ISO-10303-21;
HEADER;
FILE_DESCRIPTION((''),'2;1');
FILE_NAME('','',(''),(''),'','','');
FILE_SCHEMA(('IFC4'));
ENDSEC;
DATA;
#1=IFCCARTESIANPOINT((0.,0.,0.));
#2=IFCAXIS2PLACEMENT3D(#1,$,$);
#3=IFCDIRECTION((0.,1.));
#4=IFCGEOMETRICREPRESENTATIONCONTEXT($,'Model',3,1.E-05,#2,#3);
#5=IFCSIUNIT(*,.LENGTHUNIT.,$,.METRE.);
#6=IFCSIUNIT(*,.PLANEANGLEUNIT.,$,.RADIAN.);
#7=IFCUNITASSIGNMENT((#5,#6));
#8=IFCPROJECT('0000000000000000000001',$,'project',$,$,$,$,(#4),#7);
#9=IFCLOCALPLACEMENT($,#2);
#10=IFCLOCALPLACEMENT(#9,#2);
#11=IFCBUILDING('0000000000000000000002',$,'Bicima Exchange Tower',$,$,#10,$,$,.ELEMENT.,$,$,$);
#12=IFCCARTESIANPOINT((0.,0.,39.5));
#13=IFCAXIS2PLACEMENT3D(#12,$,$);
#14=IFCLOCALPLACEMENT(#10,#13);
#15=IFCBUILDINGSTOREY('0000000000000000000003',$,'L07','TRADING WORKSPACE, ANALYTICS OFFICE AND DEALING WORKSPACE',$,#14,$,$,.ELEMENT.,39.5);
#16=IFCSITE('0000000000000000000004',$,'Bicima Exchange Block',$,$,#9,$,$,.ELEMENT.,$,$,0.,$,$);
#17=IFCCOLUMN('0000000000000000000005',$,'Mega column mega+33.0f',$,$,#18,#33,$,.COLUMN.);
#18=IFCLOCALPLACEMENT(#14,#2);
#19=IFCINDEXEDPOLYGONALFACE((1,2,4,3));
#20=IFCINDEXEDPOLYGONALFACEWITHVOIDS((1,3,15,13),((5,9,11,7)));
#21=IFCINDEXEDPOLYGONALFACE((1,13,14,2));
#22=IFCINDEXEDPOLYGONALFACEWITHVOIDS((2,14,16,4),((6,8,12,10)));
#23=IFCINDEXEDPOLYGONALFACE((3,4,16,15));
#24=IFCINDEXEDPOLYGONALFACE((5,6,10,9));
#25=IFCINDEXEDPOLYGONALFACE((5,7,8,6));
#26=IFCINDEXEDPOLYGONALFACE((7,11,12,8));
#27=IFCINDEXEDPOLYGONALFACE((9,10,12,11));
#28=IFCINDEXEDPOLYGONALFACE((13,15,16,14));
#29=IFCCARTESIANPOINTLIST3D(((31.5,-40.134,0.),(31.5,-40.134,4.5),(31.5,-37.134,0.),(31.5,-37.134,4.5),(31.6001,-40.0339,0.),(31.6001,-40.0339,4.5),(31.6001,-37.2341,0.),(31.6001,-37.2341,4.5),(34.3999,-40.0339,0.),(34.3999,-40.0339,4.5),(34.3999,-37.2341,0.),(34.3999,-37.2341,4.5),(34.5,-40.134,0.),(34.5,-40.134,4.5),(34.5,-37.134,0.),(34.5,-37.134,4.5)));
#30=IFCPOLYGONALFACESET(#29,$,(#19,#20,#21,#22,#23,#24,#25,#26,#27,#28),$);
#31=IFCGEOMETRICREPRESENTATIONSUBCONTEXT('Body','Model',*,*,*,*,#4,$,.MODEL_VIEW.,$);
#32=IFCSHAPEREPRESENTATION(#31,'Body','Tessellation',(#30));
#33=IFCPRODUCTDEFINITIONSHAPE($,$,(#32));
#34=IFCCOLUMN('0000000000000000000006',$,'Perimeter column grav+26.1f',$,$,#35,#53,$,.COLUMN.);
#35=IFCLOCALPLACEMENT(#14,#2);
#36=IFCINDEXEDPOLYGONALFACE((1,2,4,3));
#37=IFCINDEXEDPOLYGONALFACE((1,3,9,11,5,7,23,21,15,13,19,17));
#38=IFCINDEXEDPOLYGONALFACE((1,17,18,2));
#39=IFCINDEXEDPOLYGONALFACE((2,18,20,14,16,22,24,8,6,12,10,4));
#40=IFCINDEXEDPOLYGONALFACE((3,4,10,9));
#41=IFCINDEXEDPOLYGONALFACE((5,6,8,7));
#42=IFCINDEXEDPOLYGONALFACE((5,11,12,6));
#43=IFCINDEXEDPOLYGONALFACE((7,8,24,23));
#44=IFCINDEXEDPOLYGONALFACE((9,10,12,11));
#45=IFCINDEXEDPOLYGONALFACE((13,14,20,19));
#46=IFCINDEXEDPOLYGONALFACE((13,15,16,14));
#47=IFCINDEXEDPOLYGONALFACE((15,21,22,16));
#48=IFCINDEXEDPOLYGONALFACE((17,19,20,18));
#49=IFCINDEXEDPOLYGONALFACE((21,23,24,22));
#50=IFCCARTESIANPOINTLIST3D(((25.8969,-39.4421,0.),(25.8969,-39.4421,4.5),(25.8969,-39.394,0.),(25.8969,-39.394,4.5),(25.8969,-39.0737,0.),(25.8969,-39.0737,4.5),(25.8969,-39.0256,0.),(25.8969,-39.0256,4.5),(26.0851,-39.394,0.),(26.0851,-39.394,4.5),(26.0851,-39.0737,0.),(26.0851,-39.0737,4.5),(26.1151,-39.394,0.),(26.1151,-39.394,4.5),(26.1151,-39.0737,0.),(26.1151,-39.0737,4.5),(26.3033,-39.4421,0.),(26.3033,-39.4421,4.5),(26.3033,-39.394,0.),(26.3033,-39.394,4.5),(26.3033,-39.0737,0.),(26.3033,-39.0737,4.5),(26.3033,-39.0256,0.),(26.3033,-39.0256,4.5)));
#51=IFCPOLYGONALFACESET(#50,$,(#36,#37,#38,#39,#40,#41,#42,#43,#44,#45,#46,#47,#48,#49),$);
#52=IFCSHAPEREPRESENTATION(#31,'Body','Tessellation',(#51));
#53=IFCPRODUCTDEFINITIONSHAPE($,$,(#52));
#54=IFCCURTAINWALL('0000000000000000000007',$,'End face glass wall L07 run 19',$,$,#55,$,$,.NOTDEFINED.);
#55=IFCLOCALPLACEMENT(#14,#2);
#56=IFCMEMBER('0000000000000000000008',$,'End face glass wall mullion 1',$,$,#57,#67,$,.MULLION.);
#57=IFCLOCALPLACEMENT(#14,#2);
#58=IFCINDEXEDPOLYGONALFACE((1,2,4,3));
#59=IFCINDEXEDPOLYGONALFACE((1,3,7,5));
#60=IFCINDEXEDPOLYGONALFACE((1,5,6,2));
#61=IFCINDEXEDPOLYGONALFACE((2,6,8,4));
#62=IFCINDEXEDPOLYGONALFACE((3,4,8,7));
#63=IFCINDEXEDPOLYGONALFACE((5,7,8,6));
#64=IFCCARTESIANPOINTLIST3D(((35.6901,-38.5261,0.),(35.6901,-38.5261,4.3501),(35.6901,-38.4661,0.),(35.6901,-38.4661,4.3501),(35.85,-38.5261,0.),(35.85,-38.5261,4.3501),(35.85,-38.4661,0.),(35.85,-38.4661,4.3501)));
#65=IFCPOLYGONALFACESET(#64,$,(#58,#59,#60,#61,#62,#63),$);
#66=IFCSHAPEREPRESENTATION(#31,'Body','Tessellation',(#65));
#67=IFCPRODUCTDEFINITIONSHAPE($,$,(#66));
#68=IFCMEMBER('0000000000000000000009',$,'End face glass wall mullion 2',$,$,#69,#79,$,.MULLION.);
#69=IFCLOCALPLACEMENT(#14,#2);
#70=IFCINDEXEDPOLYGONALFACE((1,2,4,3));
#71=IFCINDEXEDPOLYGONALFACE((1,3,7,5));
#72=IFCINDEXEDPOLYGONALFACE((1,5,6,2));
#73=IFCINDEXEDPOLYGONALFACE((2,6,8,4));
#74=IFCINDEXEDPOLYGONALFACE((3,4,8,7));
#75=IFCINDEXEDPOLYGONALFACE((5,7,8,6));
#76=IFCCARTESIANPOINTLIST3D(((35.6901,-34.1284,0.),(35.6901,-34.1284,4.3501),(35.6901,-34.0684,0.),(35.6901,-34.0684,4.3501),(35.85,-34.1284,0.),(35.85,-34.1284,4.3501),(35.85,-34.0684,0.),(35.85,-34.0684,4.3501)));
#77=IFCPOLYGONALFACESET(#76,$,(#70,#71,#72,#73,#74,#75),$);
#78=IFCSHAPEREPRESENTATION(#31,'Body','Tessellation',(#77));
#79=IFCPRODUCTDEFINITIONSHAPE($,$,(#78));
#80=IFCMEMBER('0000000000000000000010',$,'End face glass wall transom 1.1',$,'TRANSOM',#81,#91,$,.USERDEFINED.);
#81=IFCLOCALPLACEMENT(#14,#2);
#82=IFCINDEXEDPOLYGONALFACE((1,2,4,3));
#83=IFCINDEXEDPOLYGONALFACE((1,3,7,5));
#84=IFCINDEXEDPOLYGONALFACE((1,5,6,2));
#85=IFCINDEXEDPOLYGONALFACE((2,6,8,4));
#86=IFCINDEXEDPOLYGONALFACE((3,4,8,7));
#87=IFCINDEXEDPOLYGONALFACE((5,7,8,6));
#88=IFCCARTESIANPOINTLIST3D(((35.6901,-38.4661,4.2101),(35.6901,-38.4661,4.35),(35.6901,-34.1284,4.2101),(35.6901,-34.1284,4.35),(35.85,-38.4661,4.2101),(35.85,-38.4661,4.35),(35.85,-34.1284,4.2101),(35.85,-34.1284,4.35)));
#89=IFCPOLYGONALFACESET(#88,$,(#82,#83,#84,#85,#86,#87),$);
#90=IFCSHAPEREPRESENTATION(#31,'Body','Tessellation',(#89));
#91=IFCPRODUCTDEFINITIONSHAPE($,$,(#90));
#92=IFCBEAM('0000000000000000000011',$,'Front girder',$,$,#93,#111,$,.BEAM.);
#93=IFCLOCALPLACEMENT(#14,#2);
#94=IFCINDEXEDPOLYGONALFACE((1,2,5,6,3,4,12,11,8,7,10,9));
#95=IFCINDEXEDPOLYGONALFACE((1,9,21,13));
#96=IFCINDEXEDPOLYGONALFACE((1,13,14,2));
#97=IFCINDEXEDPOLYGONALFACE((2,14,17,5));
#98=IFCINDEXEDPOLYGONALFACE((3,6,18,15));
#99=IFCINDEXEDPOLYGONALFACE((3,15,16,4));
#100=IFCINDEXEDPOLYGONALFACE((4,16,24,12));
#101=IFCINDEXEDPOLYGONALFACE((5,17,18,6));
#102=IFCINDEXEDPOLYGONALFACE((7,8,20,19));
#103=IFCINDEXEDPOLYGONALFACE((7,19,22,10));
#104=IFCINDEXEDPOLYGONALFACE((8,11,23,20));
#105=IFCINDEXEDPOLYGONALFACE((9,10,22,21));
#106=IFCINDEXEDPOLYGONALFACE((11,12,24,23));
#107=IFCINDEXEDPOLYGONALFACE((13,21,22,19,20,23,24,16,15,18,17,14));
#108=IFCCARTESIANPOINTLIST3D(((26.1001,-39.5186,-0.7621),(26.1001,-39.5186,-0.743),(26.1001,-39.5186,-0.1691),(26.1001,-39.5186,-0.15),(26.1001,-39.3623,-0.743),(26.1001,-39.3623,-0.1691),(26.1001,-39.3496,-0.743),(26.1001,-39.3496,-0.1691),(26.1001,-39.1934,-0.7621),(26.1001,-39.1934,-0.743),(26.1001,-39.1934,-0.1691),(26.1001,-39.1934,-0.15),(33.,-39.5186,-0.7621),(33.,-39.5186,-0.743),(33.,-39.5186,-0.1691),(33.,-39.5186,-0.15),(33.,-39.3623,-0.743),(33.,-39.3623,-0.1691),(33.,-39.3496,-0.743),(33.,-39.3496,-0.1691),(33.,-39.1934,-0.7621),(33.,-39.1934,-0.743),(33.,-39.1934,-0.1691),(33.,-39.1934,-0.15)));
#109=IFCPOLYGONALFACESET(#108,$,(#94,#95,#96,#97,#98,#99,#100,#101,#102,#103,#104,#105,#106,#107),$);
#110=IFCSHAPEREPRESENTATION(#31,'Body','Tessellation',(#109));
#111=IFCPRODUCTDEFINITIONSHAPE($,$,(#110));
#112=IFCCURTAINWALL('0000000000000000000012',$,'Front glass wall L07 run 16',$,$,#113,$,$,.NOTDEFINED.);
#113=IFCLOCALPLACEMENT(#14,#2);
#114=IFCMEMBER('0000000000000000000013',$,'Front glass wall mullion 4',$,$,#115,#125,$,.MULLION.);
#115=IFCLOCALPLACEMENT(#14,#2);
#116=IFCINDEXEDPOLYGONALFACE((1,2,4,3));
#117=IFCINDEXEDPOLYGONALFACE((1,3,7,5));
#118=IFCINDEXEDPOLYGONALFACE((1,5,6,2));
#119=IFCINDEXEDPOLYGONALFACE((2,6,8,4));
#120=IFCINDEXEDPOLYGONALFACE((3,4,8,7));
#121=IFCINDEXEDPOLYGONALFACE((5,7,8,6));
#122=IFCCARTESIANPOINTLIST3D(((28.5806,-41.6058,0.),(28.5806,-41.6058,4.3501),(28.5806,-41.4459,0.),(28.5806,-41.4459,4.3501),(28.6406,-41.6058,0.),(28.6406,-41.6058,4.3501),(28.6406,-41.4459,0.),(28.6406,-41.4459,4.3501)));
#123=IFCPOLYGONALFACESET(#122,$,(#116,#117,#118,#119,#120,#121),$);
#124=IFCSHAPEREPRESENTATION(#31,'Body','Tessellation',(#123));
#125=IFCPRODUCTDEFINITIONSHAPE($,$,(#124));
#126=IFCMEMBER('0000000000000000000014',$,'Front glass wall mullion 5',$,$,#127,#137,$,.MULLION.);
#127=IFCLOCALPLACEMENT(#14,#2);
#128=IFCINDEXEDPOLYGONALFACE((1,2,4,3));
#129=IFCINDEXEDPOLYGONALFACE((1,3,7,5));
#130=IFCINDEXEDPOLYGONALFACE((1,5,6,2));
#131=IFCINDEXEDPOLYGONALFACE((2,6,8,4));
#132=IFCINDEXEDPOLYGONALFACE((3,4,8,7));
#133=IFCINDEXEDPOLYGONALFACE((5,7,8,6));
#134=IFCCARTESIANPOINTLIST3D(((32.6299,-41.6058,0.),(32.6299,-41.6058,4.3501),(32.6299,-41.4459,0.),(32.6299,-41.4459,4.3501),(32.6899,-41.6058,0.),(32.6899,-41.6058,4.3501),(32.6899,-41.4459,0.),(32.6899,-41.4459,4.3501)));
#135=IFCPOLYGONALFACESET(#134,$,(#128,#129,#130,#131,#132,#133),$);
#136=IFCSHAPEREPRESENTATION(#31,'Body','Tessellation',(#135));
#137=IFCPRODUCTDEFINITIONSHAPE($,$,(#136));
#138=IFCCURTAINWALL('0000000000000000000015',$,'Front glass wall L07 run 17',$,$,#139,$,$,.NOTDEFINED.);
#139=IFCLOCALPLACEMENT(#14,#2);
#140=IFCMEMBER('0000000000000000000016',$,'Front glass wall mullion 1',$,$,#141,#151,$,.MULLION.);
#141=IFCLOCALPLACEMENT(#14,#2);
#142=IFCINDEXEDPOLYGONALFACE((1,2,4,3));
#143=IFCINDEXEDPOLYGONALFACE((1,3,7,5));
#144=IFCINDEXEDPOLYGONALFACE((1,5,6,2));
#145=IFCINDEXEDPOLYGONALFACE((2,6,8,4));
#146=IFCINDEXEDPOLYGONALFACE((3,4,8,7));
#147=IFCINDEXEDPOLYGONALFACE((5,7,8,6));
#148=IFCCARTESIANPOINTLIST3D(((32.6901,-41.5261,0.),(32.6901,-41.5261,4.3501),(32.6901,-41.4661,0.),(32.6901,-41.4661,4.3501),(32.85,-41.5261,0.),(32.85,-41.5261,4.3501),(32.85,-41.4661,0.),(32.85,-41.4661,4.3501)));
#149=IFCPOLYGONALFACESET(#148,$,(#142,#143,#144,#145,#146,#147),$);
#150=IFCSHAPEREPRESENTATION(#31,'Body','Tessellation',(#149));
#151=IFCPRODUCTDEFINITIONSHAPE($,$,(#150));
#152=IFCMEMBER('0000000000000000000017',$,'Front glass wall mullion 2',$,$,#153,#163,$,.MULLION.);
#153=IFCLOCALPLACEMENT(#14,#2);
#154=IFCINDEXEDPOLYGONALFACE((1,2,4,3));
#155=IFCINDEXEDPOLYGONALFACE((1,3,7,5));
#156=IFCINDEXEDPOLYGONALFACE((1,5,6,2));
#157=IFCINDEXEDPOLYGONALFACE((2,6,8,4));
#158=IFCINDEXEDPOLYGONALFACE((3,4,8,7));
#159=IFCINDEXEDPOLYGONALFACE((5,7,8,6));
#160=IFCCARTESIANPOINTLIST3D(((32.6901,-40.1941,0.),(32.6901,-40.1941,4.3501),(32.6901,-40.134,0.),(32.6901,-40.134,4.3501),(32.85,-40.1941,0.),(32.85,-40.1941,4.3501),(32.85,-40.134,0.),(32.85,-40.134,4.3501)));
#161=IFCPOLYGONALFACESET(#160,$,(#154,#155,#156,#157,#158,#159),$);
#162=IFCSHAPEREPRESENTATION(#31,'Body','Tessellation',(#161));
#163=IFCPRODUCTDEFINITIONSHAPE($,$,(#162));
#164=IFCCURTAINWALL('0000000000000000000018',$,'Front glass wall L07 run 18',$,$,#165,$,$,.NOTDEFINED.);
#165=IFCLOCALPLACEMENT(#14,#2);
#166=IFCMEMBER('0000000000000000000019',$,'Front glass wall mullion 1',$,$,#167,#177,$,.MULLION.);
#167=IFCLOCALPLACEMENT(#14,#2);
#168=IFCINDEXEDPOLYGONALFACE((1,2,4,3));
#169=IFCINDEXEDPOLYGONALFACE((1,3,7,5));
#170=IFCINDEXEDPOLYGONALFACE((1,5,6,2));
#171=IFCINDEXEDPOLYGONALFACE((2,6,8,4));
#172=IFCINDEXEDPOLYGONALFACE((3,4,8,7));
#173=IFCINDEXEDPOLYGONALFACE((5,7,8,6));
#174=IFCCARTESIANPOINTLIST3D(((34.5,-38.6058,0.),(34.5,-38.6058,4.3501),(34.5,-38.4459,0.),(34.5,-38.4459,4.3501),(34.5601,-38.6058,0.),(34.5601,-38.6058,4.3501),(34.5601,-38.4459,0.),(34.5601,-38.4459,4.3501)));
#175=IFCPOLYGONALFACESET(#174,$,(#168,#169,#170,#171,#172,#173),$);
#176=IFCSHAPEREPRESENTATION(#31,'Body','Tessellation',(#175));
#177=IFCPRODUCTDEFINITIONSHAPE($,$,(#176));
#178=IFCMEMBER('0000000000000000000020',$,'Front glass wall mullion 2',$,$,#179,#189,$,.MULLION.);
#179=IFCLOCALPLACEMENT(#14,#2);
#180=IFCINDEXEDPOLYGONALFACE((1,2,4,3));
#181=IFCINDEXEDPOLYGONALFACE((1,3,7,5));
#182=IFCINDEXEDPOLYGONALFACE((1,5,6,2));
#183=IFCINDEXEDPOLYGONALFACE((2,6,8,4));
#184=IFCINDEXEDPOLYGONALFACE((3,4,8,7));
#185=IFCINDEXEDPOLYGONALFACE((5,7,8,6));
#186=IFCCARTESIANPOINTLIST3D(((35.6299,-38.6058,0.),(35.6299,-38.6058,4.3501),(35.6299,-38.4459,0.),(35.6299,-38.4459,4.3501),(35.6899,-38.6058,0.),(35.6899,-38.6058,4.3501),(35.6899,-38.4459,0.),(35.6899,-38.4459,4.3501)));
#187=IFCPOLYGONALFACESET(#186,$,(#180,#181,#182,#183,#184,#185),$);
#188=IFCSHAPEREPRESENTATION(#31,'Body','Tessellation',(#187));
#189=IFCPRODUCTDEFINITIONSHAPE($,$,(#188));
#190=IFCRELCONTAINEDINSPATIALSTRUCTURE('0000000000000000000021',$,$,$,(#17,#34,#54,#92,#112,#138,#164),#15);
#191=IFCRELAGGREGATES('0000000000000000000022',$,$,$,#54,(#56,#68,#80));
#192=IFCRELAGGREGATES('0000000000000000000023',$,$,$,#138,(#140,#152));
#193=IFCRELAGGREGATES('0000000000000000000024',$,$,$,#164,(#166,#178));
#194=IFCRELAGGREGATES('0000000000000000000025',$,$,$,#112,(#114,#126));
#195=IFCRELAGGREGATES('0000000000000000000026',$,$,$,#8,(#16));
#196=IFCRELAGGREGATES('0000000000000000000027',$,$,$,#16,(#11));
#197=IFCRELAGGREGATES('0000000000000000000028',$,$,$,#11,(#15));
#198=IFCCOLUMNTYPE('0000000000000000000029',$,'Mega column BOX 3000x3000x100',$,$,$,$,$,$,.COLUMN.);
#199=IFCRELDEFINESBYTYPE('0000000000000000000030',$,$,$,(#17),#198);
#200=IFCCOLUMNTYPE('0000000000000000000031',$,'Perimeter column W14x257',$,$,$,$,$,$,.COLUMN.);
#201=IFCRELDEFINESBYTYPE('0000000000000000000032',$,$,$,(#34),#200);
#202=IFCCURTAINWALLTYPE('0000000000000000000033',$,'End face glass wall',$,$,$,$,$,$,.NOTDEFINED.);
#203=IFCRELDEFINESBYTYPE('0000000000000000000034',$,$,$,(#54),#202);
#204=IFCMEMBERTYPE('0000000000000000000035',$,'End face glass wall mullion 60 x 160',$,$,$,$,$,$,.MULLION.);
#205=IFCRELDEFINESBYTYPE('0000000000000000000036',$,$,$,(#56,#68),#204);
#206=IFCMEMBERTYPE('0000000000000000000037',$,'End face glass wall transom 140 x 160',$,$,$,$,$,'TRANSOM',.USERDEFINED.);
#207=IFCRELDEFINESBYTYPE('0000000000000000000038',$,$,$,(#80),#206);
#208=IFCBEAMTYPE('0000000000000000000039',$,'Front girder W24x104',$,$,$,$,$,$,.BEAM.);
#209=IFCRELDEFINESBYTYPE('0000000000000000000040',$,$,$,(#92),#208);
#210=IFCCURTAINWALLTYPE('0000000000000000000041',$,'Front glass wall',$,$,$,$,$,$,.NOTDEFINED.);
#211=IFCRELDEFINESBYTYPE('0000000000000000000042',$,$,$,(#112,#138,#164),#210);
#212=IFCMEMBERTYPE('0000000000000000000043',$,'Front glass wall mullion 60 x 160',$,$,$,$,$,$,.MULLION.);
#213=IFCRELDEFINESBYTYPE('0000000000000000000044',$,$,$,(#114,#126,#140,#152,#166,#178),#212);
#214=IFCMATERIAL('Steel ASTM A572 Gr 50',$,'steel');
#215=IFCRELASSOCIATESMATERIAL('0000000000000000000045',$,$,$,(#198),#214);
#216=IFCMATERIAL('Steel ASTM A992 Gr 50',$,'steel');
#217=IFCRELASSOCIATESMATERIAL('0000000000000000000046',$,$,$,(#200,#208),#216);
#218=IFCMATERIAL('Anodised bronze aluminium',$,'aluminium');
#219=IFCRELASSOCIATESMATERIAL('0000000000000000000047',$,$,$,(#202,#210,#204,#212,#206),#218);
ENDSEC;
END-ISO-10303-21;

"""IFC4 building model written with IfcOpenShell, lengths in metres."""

from ifc_helpers import new_model, si_unit, direction, frame, origin, origin_2d, place, context, subcontext, project, spatial, rectangle, hollow_rectangle, i_section, extrude, material, material_profile, profile_set, type_object, element, aggregate, save


model = new_model("IFC4")

# Units and contexts
model_context = context("Model", 3, precision=1e-05, world=origin(), true_north=direction((0.0, 1.0)))
body_context = subcontext(model_context, "Body", "Model", "MODEL_VIEW")
ifc_project = project(units=[si_unit("LENGTHUNIT", "METRE"), si_unit("PLANEANGLEUNIT", "RADIAN")], contexts=[model_context])

# Site, building, storey
site_placement = place(None, origin())
site = spatial("IfcSite", under=ifc_project, at=site_placement, Name="Bicima Exchange Block", CompositionType="ELEMENT", RefElevation=0.0)
building_placement = place(site_placement, origin())
building = spatial("IfcBuilding", under=site, at=building_placement, Name="Bicima Exchange Tower", CompositionType="ELEMENT")
storey_placement = place(building_placement, frame((0.0, 0.0, 39.5)))
storey = spatial("IfcBuildingStorey", under=building, at=storey_placement, Name="L07", Description="TRADING WORKSPACE, ANALYTICS OFFICE AND DEALING WORKSPACE", CompositionType="ELEMENT", Elevation=39.5)

# Columns
ifc_material_1 = material(Name="Steel ASTM A572 Gr 50", Category="steel")
ifc_material_profile_1 = material_profile(ifc_material_1, hollow_rectangle(XDim=3.0, YDim=3.0, WallThickness=0.1001, at=origin_2d()))
ifc_profile_set_1 = profile_set([ifc_material_profile_1], Name="Steel ASTM A572 Gr 50")
column_type_1 = type_object("IfcColumnType", Name="Mega column BOX 3000x3000x100", PredefinedType="COLUMN", material=ifc_profile_set_1)
column_1_placement = place(storey_placement, frame((33.0, -38.634, 0.0), z_axis=(0.0, 0.0, 1.0), x_axis=(1.0, 0.0, 0.0)))
element("IfcColumn", 1, at=column_1_placement, inside=storey, type_object=column_type_1, Name="Mega column mega+33.0f", PredefinedType="COLUMN", context=body_context, shape_type="SweptSolid", body=[
    extrude(hollow_rectangle(XDim=3.0, YDim=3.0, WallThickness=0.1001, at=origin_2d()), origin(), (0.0, 0.0, 1.0), 4.5),
])
ifc_material_2 = material(Name="Steel ASTM A992 Gr 50", Category="steel")
ifc_material_profile_2 = material_profile(ifc_material_2, i_section(OverallWidth=0.4065, OverallDepth=0.4165, WebThickness=0.03, FlangeThickness=0.0481, at=origin_2d()))
ifc_profile_set_2 = profile_set([ifc_material_profile_2], Name="Steel ASTM A992 Gr 50")
column_type_2 = type_object("IfcColumnType", Name="Perimeter column W14x257", PredefinedType="COLUMN", material=ifc_profile_set_2)
column_2_placement = place(storey_placement, frame((26.1001, -39.2339, 0.0), z_axis=(0.0, 0.0, 1.0), x_axis=(1.0, 0.0, 0.0)))
element("IfcColumn", 2, at=column_2_placement, inside=storey, type_object=column_type_2, Name="Perimeter column grav+26.1f", PredefinedType="COLUMN", context=body_context, shape_type="SweptSolid", body=[
    extrude(i_section(OverallWidth=0.4065, OverallDepth=0.4165, WebThickness=0.03, FlangeThickness=0.0481, at=origin_2d()), origin(), (0.0, 0.0, 1.0), 4.5),
])

# Curtain wall, members
ifc_material_3 = material(Name="Anodised bronze aluminium", Category="aluminium")
curtain_wall_type_1 = type_object("IfcCurtainWallType", Name="End face glass wall", PredefinedType="NOTDEFINED", material=ifc_material_3)
curtain_wall_1_placement = place(storey_placement, origin())
curtain_wall_1 = element("IfcCurtainWall", 3, at=curtain_wall_1_placement, inside=storey, type_object=curtain_wall_type_1, Name="End face glass wall L07 run 19", PredefinedType="NOTDEFINED")
ifc_material_profile_3 = material_profile(ifc_material_3, rectangle(XDim=0.1599, YDim=0.0601, at=origin_2d()))
ifc_profile_set_3 = profile_set([ifc_material_profile_3], Name="Anodised bronze aluminium")
member_type_1 = type_object("IfcMemberType", Name="End face glass wall mullion 60 x 160", PredefinedType="MULLION", material=ifc_profile_set_3)
member_1_placement = place(storey_placement, frame((35.77, -38.4961, 0.0), z_axis=(0.0, 0.0, 1.0), x_axis=(-1.0, 0.0, 0.0)))
member_1 = element("IfcMember", 4, at=member_1_placement, type_object=member_type_1, Name="End face glass wall mullion 1", PredefinedType="MULLION", context=body_context, shape_type="SweptSolid", body=[
    extrude(rectangle(XDim=0.1599, YDim=0.0601, at=origin_2d()), origin(), (0.0, 0.0, 1.0), 4.3501),
])
member_2_placement = place(storey_placement, frame((35.77, -34.0984, 0.0), z_axis=(0.0, 0.0, 1.0), x_axis=(-1.0, 0.0, 0.0)))
member_2 = element("IfcMember", 5, at=member_2_placement, type_object=member_type_1, Name="End face glass wall mullion 2", PredefinedType="MULLION", context=body_context, shape_type="SweptSolid", body=[
    extrude(rectangle(XDim=0.1599, YDim=0.0601, at=origin_2d()), origin(), (0.0, 0.0, 1.0), 4.3501),
])
ifc_material_profile_4 = material_profile(ifc_material_3, rectangle(XDim=0.1599, YDim=0.1399, at=origin_2d()))
ifc_profile_set_4 = profile_set([ifc_material_profile_4], Name="Anodised bronze aluminium")
member_type_2 = type_object("IfcMemberType", Name="End face glass wall transom 140 x 160", ElementType="TRANSOM", PredefinedType="USERDEFINED", material=ifc_profile_set_4)
member_3_placement = place(storey_placement, frame((35.77, -38.4661, 4.28), z_axis=(0.0, 1.0, 0.0), x_axis=(-1.0, 0.0, 0.0)))
member_3 = element("IfcMember", 6, at=member_3_placement, type_object=member_type_2, Name="End face glass wall transom 1.1", ObjectType="TRANSOM", PredefinedType="USERDEFINED", context=body_context, shape_type="SweptSolid", body=[
    extrude(rectangle(XDim=0.1599, YDim=0.1399, at=origin_2d()), origin(), (0.0, 0.0, 1.0), 4.3376),
])

# Beam
ifc_material_profile_5 = material_profile(ifc_material_2, i_section(OverallWidth=0.3252, OverallDepth=0.6121, WebThickness=0.0127, FlangeThickness=0.019, at=origin_2d()))
ifc_profile_set_5 = profile_set([ifc_material_profile_5], Name="Steel ASTM A992 Gr 50")
beam_type = type_object("IfcBeamType", Name="Front girder W24x104", PredefinedType="BEAM", material=ifc_profile_set_5)
beam_placement = place(storey_placement, frame((26.1001, -39.356, -0.4561), z_axis=(1.0, 0.0, 0.0), x_axis=(0.0, 1.0, 0.0)))
element("IfcBeam", 7, at=beam_placement, inside=storey, type_object=beam_type, Name="Front girder", PredefinedType="BEAM", context=body_context, shape_type="SweptSolid", body=[
    extrude(i_section(OverallWidth=0.3252, OverallDepth=0.6121, WebThickness=0.0127, FlangeThickness=0.019, at=origin_2d()), origin(), (0.0, 0.0, 1.0), 6.8999),
])

# Curtain walls, members
curtain_wall_type_2 = type_object("IfcCurtainWallType", Name="Front glass wall", PredefinedType="NOTDEFINED", material=ifc_material_3)
curtain_wall_2_placement = place(storey_placement, origin())
curtain_wall_2 = element("IfcCurtainWall", 8, at=curtain_wall_2_placement, inside=storey, type_object=curtain_wall_type_2, Name="Front glass wall L07 run 16", PredefinedType="NOTDEFINED")
member_type_3 = type_object("IfcMemberType", Name="Front glass wall mullion 60 x 160", PredefinedType="MULLION", material=ifc_profile_set_3)
member_4_placement = place(storey_placement, frame((28.6106, -41.5259, 0.0), z_axis=(0.0, 0.0, 1.0), x_axis=(0.0, 1.0, 0.0)))
member_4 = element("IfcMember", 9, at=member_4_placement, type_object=member_type_3, Name="Front glass wall mullion 4", PredefinedType="MULLION", context=body_context, shape_type="SweptSolid", body=[
    extrude(rectangle(XDim=0.1599, YDim=0.0601, at=origin_2d()), origin(), (0.0, 0.0, 1.0), 4.3501),
])
member_5_placement = place(storey_placement, frame((32.6599, -41.5259, 0.0), z_axis=(0.0, 0.0, 1.0), x_axis=(0.0, 1.0, 0.0)))
member_5 = element("IfcMember", 10, at=member_5_placement, type_object=member_type_3, Name="Front glass wall mullion 5", PredefinedType="MULLION", context=body_context, shape_type="SweptSolid", body=[
    extrude(rectangle(XDim=0.1599, YDim=0.0601, at=origin_2d()), origin(), (0.0, 0.0, 1.0), 4.3501),
])
curtain_wall_3_placement = place(storey_placement, origin())
curtain_wall_3 = element("IfcCurtainWall", 11, at=curtain_wall_3_placement, inside=storey, type_object=curtain_wall_type_2, Name="Front glass wall L07 run 17", PredefinedType="NOTDEFINED")
member_6_placement = place(storey_placement, frame((32.77, -41.4961, 0.0), z_axis=(0.0, 0.0, 1.0), x_axis=(-1.0, 0.0, 0.0)))
member_6 = element("IfcMember", 12, at=member_6_placement, type_object=member_type_3, Name="Front glass wall mullion 1", PredefinedType="MULLION", context=body_context, shape_type="SweptSolid", body=[
    extrude(rectangle(XDim=0.1599, YDim=0.0601, at=origin_2d()), origin(), (0.0, 0.0, 1.0), 4.3501),
])
member_7_placement = place(storey_placement, frame((32.77, -40.1641, 0.0), z_axis=(0.0, 0.0, 1.0), x_axis=(-1.0, 0.0, 0.0)))
member_7 = element("IfcMember", 13, at=member_7_placement, type_object=member_type_3, Name="Front glass wall mullion 2", PredefinedType="MULLION", context=body_context, shape_type="SweptSolid", body=[
    extrude(rectangle(XDim=0.1599, YDim=0.0601, at=origin_2d()), origin(), (0.0, 0.0, 1.0), 4.3501),
])
curtain_wall_4_placement = place(storey_placement, origin())
curtain_wall_4 = element("IfcCurtainWall", 14, at=curtain_wall_4_placement, inside=storey, type_object=curtain_wall_type_2, Name="Front glass wall L07 run 18", PredefinedType="NOTDEFINED")
member_8_placement = place(storey_placement, frame((34.53, -38.5259, 0.0), z_axis=(0.0, 0.0, 1.0), x_axis=(0.0, 1.0, 0.0)))
member_8 = element("IfcMember", 15, at=member_8_placement, type_object=member_type_3, Name="Front glass wall mullion 1", PredefinedType="MULLION", context=body_context, shape_type="SweptSolid", body=[
    extrude(rectangle(XDim=0.1599, YDim=0.0601, at=origin_2d()), origin(), (0.0, 0.0, 1.0), 4.3501),
])
member_9_placement = place(storey_placement, frame((35.6599, -38.5259, 0.0), z_axis=(0.0, 0.0, 1.0), x_axis=(0.0, 1.0, 0.0)))
member_9 = element("IfcMember", 16, at=member_9_placement, type_object=member_type_3, Name="Front glass wall mullion 2", PredefinedType="MULLION", context=body_context, shape_type="SweptSolid", body=[
    extrude(rectangle(XDim=0.1599, YDim=0.0601, at=origin_2d()), origin(), (0.0, 0.0, 1.0), 4.3501),
])

aggregate(curtain_wall_1, [member_1, member_2, member_3])
aggregate(curtain_wall_3, [member_6, member_7])
aggregate(curtain_wall_4, [member_8, member_9])
aggregate(curtain_wall_2, [member_4, member_5])

save(model, "model.ifc")
